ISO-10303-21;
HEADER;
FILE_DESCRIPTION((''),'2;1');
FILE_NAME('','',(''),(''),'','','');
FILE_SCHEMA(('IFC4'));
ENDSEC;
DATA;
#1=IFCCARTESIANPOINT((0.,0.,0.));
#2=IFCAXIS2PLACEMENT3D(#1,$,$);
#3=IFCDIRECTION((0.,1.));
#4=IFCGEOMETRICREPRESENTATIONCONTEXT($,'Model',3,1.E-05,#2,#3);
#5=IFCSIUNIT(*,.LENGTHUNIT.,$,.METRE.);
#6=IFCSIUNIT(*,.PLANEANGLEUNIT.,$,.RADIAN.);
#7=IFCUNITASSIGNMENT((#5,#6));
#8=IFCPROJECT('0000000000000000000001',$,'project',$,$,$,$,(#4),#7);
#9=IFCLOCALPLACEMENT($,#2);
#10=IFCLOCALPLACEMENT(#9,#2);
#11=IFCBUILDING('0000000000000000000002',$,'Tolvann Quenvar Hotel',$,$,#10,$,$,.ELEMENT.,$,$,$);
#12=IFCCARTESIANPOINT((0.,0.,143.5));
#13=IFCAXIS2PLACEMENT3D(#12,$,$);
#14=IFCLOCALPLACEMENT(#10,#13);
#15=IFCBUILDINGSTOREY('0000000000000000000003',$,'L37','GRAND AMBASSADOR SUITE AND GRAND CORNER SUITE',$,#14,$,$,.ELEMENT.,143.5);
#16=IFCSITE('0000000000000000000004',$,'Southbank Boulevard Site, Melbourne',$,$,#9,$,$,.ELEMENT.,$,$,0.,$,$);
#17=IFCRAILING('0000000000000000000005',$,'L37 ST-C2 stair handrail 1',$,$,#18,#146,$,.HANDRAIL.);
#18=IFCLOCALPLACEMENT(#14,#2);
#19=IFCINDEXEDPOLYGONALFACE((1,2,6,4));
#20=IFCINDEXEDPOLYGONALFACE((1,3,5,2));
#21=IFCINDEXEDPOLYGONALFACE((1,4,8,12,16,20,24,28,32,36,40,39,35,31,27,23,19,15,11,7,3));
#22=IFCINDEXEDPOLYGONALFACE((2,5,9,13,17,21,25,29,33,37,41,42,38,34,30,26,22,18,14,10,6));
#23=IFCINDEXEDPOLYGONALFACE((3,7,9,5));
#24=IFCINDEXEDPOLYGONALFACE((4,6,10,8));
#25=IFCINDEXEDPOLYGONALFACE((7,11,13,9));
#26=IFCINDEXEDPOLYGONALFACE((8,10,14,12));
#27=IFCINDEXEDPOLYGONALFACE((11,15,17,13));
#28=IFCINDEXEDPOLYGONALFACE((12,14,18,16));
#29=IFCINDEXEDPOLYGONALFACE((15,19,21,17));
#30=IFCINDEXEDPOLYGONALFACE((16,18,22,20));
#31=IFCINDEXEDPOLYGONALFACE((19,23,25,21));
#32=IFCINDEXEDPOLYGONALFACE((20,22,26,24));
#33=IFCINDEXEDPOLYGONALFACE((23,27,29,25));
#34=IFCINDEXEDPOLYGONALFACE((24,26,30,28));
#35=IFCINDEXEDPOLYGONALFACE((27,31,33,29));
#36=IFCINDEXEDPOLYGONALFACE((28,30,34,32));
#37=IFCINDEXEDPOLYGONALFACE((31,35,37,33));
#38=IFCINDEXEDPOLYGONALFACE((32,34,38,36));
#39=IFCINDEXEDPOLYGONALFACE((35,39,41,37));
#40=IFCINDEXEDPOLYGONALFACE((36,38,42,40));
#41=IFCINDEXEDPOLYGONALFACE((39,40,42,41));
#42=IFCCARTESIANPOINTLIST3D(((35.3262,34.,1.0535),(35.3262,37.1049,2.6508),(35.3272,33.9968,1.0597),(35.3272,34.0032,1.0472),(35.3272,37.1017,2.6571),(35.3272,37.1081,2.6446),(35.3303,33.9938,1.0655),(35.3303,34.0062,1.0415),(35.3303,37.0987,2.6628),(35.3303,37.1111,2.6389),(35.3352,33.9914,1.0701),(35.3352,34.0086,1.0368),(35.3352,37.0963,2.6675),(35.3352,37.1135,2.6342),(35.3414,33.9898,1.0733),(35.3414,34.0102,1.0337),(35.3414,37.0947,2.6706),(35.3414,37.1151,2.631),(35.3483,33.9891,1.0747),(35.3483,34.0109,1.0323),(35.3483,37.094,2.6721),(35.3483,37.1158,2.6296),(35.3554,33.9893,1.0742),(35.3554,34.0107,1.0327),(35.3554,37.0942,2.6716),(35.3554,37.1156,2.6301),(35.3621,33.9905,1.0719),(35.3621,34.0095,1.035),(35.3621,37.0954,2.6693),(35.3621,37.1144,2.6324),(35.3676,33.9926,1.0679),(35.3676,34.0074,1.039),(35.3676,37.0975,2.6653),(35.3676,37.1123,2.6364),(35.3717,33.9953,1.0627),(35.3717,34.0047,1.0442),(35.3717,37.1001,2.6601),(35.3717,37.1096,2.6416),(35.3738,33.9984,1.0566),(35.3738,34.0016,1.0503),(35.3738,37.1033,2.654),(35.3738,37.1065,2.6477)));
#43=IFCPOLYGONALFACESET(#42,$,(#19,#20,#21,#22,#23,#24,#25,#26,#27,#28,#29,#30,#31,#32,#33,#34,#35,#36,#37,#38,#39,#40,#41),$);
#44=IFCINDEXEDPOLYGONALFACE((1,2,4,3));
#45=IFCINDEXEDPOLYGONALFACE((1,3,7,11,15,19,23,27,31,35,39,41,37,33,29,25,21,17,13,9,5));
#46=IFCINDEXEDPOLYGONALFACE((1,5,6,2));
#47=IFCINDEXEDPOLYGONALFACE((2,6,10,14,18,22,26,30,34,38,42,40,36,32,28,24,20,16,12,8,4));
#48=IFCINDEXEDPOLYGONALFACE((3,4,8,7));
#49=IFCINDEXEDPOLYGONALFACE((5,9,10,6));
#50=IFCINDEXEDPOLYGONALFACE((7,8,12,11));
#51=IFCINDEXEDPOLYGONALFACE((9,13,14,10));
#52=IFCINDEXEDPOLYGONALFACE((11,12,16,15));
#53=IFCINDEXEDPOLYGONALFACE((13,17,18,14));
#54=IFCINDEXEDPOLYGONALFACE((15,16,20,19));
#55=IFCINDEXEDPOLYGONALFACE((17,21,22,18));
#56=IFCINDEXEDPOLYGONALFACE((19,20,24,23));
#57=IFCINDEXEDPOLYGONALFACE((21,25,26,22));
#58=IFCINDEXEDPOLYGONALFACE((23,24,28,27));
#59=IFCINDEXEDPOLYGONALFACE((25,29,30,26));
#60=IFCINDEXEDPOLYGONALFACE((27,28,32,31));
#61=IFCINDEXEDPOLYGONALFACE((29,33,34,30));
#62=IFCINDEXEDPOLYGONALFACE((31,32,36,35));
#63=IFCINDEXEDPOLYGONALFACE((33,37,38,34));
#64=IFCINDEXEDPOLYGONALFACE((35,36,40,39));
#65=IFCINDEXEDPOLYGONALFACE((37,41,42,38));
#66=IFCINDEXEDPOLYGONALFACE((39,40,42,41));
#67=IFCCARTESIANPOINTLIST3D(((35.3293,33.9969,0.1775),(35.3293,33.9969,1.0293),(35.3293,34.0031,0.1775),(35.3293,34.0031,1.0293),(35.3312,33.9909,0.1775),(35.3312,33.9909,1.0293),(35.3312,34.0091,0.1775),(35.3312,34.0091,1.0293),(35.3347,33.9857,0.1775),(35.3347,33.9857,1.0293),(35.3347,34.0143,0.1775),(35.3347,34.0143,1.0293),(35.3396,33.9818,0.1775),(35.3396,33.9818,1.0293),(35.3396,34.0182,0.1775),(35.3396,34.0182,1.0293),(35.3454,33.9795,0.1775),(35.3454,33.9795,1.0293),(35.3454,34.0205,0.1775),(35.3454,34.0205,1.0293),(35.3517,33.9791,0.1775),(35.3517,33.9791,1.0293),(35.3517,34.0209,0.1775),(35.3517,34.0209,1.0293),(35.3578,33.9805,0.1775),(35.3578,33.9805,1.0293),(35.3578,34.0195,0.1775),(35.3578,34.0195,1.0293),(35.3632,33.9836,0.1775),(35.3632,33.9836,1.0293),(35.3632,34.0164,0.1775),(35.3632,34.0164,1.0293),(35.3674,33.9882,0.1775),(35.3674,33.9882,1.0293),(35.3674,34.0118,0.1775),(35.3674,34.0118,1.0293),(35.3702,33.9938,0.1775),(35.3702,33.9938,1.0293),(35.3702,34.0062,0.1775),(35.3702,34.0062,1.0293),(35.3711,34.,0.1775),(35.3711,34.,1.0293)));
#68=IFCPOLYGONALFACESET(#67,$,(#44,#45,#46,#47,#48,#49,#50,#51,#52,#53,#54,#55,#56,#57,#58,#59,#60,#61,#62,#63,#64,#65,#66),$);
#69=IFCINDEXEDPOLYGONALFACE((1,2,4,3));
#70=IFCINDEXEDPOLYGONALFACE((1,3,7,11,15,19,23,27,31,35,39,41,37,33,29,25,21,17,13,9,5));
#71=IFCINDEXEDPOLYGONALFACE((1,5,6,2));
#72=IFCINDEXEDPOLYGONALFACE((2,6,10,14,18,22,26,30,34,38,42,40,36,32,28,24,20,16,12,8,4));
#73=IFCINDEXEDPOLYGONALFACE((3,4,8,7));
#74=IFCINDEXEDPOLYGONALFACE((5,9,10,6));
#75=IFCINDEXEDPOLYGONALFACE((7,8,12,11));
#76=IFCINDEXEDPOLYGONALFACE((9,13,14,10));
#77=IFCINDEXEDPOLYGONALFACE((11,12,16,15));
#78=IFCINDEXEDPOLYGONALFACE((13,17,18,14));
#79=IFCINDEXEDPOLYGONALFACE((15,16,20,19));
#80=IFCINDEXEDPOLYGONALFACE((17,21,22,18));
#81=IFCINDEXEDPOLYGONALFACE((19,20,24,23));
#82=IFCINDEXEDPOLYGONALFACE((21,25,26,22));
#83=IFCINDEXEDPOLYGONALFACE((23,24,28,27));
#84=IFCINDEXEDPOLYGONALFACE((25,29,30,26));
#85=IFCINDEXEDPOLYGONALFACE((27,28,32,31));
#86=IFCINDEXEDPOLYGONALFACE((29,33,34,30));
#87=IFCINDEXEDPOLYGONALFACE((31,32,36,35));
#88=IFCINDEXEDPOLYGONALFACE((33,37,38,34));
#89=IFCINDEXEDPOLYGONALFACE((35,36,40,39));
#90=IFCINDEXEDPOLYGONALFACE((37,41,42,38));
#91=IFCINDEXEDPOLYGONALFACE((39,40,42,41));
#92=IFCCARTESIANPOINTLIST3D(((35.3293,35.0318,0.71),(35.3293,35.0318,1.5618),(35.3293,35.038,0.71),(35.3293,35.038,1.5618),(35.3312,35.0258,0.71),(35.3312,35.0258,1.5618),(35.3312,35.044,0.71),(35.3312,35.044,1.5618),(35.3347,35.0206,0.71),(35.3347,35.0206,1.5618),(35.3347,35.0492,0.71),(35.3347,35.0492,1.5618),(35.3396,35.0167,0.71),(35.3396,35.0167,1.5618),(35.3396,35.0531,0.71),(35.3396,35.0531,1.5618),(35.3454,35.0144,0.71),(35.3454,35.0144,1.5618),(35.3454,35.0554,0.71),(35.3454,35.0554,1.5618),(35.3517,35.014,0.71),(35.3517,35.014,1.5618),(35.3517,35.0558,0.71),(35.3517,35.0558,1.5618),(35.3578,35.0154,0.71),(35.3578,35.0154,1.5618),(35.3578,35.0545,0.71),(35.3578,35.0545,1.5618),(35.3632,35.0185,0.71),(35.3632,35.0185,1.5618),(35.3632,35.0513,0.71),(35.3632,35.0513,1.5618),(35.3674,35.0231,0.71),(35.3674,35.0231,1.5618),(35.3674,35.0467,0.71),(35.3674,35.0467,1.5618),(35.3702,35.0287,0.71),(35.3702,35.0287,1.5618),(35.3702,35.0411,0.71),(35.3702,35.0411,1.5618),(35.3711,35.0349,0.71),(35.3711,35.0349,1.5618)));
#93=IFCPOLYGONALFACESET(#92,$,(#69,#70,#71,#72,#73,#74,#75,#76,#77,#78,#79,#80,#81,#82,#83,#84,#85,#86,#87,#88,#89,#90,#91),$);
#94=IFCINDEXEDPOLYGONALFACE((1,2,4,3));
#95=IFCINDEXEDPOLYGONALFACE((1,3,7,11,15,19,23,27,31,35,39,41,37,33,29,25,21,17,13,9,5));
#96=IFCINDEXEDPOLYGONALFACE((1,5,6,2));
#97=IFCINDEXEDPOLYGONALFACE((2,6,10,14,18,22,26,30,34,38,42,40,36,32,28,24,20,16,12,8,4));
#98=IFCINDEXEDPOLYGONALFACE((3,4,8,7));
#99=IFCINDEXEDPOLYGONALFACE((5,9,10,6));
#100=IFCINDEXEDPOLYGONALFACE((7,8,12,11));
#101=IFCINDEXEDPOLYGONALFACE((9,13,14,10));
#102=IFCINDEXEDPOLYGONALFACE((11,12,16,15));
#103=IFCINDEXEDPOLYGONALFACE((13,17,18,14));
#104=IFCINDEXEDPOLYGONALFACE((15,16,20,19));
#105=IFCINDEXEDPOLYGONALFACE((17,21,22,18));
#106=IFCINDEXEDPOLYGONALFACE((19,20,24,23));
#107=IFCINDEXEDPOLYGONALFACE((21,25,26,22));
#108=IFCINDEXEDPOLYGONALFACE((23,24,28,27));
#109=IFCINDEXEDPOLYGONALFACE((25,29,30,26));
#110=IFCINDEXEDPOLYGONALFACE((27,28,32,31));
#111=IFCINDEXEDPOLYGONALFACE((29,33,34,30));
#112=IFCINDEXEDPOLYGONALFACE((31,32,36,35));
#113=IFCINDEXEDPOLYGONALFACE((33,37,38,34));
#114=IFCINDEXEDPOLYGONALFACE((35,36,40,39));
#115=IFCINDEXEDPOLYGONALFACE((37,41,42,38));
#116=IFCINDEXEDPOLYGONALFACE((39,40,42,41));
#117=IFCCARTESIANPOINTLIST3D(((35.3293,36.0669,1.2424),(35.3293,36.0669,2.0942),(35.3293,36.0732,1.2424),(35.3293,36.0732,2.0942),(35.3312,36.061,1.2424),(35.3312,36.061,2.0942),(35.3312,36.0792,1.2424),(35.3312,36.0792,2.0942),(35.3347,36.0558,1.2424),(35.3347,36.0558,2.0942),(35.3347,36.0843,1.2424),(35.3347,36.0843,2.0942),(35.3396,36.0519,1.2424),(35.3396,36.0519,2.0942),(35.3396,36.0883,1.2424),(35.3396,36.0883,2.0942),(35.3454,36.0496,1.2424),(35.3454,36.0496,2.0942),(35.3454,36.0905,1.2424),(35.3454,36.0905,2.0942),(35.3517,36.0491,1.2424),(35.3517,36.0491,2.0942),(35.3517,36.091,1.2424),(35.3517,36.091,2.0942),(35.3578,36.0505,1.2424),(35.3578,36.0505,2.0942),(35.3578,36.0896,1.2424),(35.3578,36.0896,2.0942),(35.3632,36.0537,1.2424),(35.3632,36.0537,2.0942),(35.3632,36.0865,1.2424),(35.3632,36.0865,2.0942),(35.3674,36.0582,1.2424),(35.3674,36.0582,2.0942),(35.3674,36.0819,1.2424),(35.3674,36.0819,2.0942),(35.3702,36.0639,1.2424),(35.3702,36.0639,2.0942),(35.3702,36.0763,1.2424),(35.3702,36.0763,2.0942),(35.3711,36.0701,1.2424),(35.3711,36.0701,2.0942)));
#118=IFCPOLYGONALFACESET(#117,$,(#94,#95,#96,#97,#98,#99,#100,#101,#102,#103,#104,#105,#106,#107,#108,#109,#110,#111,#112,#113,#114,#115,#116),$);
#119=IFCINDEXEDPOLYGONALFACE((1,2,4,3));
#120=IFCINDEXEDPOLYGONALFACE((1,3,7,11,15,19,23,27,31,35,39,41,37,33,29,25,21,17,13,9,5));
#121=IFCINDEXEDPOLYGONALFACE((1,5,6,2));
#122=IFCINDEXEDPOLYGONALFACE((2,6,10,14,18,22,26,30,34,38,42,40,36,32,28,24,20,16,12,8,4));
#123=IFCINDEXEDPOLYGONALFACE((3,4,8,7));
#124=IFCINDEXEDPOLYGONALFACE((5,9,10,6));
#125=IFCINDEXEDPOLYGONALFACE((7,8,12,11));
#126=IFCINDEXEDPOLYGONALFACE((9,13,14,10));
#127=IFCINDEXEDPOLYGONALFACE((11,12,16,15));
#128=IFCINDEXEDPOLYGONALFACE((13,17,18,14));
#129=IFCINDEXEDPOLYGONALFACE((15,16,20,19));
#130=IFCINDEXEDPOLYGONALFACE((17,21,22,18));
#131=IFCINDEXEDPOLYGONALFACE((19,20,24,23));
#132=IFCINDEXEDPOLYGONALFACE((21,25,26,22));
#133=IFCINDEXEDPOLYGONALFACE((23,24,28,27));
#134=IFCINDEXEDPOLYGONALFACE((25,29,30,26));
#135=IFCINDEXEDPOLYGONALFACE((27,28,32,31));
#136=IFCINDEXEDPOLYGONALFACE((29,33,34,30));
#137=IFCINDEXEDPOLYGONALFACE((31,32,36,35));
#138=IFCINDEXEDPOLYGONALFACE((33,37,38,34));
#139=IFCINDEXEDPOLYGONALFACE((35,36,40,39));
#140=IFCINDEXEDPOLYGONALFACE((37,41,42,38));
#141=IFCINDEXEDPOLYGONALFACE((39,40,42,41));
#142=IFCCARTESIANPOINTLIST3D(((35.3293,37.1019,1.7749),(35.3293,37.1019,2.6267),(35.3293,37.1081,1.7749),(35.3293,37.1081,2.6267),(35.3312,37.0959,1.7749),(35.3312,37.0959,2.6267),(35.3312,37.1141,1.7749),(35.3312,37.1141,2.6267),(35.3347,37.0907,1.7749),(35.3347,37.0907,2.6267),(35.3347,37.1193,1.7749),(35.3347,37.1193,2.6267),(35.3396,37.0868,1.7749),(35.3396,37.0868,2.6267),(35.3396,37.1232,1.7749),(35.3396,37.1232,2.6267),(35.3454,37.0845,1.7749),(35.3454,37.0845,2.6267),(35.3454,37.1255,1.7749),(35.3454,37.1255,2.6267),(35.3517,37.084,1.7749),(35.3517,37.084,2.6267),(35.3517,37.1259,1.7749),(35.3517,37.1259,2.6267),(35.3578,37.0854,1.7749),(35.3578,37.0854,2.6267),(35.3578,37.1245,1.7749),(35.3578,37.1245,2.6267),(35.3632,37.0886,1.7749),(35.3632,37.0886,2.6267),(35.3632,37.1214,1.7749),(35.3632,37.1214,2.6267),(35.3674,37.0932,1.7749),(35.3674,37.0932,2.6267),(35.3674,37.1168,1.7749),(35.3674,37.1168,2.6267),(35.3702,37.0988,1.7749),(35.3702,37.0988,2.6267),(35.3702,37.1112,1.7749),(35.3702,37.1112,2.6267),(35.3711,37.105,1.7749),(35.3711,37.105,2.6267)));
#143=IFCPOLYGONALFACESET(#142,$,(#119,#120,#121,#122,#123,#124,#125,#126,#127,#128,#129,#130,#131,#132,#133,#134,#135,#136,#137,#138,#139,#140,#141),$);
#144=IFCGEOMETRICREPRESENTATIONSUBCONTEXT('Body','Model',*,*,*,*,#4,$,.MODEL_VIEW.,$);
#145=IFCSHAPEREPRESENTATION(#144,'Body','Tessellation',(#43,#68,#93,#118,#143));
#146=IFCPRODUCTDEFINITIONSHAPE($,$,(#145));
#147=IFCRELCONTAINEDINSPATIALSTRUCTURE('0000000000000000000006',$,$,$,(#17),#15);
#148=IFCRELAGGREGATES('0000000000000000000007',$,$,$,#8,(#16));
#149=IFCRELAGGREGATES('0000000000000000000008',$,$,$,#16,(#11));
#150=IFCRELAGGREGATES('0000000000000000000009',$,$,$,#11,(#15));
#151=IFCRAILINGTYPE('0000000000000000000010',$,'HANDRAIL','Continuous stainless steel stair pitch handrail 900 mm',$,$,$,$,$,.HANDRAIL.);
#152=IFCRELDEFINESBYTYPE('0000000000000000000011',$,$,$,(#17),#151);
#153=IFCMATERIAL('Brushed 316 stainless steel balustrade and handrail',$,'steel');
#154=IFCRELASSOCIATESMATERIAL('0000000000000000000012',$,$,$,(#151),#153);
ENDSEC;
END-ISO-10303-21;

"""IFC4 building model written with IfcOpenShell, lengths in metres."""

from ifc_helpers import new_model, si_unit, direction, frame, origin, origin_2d, place, context, subcontext, project, spatial, circle, extrude, material, type_object, element, save


model = new_model("IFC4")

# Units and contexts
model_context = context("Model", 3, precision=1e-05, world=origin(), true_north=direction((0.0, 1.0)))
body_context = subcontext(model_context, "Body", "Model", "MODEL_VIEW")
ifc_project = project(units=[si_unit("LENGTHUNIT", "METRE"), si_unit("PLANEANGLEUNIT", "RADIAN")], contexts=[model_context])

# Site, building, storey
site_placement = place(None, origin())
site = spatial("IfcSite", under=ifc_project, at=site_placement, Name="Southbank Boulevard Site, Melbourne", CompositionType="ELEMENT", RefElevation=0.0)
building_placement = place(site_placement, origin())
building = spatial("IfcBuilding", under=site, at=building_placement, Name="Tolvann Quenvar Hotel", CompositionType="ELEMENT")
storey_placement = place(building_placement, frame((0.0, 0.0, 143.5)))
storey = spatial("IfcBuildingStorey", under=building, at=storey_placement, Name="L37", Description="GRAND AMBASSADOR SUITE AND GRAND CORNER SUITE", CompositionType="ELEMENT", Elevation=143.5)

# Railing
ifc_material_1 = material(Name="Brushed 316 stainless steel balustrade and handrail", Category="steel")
railing_type_1 = type_object("IfcRailingType", Name="HANDRAIL", Description="Continuous stainless steel stair pitch handrail 900 mm", PredefinedType="HANDRAIL", material=ifc_material_1)
railing_1_placement = place(storey_placement, frame((35.3501, 34.0, 0.1775)))
element("IfcRailing", 1, at=railing_1_placement, inside=storey, type_object=railing_type_1, Name="L37 ST-C2 stair handrail 1", PredefinedType="HANDRAIL", context=body_context, shape_type="SweptSolid", body=[
    extrude(circle(Radius=0.0239, at=origin_2d()), frame((0.0, 0.0, 0.876), z_axis=(0.0, 0.889222, 0.457476), x_axis=(-1.0, 0.0, 0.0)), (0.0, 0.0, 1.0), 3.4917),
    extrude(circle(Radius=0.021, at=origin_2d()), origin(), (0.0, 0.0, 1.0), 0.8518),
    extrude(circle(Radius=0.021, at=origin_2d()), frame((0.0, 1.0349, 0.5325)), (0.0, 0.0, 1.0), 0.8518),
    extrude(circle(Radius=0.021, at=origin_2d()), frame((0.0, 2.0701, 1.0649)), (0.0, 0.0, 1.0), 0.8518),
    extrude(circle(Radius=0.021, at=origin_2d()), frame((0.0, 3.105, 1.5974)), (0.0, 0.0, 1.0), 0.8518),
])

save(model, "model.ifc")
